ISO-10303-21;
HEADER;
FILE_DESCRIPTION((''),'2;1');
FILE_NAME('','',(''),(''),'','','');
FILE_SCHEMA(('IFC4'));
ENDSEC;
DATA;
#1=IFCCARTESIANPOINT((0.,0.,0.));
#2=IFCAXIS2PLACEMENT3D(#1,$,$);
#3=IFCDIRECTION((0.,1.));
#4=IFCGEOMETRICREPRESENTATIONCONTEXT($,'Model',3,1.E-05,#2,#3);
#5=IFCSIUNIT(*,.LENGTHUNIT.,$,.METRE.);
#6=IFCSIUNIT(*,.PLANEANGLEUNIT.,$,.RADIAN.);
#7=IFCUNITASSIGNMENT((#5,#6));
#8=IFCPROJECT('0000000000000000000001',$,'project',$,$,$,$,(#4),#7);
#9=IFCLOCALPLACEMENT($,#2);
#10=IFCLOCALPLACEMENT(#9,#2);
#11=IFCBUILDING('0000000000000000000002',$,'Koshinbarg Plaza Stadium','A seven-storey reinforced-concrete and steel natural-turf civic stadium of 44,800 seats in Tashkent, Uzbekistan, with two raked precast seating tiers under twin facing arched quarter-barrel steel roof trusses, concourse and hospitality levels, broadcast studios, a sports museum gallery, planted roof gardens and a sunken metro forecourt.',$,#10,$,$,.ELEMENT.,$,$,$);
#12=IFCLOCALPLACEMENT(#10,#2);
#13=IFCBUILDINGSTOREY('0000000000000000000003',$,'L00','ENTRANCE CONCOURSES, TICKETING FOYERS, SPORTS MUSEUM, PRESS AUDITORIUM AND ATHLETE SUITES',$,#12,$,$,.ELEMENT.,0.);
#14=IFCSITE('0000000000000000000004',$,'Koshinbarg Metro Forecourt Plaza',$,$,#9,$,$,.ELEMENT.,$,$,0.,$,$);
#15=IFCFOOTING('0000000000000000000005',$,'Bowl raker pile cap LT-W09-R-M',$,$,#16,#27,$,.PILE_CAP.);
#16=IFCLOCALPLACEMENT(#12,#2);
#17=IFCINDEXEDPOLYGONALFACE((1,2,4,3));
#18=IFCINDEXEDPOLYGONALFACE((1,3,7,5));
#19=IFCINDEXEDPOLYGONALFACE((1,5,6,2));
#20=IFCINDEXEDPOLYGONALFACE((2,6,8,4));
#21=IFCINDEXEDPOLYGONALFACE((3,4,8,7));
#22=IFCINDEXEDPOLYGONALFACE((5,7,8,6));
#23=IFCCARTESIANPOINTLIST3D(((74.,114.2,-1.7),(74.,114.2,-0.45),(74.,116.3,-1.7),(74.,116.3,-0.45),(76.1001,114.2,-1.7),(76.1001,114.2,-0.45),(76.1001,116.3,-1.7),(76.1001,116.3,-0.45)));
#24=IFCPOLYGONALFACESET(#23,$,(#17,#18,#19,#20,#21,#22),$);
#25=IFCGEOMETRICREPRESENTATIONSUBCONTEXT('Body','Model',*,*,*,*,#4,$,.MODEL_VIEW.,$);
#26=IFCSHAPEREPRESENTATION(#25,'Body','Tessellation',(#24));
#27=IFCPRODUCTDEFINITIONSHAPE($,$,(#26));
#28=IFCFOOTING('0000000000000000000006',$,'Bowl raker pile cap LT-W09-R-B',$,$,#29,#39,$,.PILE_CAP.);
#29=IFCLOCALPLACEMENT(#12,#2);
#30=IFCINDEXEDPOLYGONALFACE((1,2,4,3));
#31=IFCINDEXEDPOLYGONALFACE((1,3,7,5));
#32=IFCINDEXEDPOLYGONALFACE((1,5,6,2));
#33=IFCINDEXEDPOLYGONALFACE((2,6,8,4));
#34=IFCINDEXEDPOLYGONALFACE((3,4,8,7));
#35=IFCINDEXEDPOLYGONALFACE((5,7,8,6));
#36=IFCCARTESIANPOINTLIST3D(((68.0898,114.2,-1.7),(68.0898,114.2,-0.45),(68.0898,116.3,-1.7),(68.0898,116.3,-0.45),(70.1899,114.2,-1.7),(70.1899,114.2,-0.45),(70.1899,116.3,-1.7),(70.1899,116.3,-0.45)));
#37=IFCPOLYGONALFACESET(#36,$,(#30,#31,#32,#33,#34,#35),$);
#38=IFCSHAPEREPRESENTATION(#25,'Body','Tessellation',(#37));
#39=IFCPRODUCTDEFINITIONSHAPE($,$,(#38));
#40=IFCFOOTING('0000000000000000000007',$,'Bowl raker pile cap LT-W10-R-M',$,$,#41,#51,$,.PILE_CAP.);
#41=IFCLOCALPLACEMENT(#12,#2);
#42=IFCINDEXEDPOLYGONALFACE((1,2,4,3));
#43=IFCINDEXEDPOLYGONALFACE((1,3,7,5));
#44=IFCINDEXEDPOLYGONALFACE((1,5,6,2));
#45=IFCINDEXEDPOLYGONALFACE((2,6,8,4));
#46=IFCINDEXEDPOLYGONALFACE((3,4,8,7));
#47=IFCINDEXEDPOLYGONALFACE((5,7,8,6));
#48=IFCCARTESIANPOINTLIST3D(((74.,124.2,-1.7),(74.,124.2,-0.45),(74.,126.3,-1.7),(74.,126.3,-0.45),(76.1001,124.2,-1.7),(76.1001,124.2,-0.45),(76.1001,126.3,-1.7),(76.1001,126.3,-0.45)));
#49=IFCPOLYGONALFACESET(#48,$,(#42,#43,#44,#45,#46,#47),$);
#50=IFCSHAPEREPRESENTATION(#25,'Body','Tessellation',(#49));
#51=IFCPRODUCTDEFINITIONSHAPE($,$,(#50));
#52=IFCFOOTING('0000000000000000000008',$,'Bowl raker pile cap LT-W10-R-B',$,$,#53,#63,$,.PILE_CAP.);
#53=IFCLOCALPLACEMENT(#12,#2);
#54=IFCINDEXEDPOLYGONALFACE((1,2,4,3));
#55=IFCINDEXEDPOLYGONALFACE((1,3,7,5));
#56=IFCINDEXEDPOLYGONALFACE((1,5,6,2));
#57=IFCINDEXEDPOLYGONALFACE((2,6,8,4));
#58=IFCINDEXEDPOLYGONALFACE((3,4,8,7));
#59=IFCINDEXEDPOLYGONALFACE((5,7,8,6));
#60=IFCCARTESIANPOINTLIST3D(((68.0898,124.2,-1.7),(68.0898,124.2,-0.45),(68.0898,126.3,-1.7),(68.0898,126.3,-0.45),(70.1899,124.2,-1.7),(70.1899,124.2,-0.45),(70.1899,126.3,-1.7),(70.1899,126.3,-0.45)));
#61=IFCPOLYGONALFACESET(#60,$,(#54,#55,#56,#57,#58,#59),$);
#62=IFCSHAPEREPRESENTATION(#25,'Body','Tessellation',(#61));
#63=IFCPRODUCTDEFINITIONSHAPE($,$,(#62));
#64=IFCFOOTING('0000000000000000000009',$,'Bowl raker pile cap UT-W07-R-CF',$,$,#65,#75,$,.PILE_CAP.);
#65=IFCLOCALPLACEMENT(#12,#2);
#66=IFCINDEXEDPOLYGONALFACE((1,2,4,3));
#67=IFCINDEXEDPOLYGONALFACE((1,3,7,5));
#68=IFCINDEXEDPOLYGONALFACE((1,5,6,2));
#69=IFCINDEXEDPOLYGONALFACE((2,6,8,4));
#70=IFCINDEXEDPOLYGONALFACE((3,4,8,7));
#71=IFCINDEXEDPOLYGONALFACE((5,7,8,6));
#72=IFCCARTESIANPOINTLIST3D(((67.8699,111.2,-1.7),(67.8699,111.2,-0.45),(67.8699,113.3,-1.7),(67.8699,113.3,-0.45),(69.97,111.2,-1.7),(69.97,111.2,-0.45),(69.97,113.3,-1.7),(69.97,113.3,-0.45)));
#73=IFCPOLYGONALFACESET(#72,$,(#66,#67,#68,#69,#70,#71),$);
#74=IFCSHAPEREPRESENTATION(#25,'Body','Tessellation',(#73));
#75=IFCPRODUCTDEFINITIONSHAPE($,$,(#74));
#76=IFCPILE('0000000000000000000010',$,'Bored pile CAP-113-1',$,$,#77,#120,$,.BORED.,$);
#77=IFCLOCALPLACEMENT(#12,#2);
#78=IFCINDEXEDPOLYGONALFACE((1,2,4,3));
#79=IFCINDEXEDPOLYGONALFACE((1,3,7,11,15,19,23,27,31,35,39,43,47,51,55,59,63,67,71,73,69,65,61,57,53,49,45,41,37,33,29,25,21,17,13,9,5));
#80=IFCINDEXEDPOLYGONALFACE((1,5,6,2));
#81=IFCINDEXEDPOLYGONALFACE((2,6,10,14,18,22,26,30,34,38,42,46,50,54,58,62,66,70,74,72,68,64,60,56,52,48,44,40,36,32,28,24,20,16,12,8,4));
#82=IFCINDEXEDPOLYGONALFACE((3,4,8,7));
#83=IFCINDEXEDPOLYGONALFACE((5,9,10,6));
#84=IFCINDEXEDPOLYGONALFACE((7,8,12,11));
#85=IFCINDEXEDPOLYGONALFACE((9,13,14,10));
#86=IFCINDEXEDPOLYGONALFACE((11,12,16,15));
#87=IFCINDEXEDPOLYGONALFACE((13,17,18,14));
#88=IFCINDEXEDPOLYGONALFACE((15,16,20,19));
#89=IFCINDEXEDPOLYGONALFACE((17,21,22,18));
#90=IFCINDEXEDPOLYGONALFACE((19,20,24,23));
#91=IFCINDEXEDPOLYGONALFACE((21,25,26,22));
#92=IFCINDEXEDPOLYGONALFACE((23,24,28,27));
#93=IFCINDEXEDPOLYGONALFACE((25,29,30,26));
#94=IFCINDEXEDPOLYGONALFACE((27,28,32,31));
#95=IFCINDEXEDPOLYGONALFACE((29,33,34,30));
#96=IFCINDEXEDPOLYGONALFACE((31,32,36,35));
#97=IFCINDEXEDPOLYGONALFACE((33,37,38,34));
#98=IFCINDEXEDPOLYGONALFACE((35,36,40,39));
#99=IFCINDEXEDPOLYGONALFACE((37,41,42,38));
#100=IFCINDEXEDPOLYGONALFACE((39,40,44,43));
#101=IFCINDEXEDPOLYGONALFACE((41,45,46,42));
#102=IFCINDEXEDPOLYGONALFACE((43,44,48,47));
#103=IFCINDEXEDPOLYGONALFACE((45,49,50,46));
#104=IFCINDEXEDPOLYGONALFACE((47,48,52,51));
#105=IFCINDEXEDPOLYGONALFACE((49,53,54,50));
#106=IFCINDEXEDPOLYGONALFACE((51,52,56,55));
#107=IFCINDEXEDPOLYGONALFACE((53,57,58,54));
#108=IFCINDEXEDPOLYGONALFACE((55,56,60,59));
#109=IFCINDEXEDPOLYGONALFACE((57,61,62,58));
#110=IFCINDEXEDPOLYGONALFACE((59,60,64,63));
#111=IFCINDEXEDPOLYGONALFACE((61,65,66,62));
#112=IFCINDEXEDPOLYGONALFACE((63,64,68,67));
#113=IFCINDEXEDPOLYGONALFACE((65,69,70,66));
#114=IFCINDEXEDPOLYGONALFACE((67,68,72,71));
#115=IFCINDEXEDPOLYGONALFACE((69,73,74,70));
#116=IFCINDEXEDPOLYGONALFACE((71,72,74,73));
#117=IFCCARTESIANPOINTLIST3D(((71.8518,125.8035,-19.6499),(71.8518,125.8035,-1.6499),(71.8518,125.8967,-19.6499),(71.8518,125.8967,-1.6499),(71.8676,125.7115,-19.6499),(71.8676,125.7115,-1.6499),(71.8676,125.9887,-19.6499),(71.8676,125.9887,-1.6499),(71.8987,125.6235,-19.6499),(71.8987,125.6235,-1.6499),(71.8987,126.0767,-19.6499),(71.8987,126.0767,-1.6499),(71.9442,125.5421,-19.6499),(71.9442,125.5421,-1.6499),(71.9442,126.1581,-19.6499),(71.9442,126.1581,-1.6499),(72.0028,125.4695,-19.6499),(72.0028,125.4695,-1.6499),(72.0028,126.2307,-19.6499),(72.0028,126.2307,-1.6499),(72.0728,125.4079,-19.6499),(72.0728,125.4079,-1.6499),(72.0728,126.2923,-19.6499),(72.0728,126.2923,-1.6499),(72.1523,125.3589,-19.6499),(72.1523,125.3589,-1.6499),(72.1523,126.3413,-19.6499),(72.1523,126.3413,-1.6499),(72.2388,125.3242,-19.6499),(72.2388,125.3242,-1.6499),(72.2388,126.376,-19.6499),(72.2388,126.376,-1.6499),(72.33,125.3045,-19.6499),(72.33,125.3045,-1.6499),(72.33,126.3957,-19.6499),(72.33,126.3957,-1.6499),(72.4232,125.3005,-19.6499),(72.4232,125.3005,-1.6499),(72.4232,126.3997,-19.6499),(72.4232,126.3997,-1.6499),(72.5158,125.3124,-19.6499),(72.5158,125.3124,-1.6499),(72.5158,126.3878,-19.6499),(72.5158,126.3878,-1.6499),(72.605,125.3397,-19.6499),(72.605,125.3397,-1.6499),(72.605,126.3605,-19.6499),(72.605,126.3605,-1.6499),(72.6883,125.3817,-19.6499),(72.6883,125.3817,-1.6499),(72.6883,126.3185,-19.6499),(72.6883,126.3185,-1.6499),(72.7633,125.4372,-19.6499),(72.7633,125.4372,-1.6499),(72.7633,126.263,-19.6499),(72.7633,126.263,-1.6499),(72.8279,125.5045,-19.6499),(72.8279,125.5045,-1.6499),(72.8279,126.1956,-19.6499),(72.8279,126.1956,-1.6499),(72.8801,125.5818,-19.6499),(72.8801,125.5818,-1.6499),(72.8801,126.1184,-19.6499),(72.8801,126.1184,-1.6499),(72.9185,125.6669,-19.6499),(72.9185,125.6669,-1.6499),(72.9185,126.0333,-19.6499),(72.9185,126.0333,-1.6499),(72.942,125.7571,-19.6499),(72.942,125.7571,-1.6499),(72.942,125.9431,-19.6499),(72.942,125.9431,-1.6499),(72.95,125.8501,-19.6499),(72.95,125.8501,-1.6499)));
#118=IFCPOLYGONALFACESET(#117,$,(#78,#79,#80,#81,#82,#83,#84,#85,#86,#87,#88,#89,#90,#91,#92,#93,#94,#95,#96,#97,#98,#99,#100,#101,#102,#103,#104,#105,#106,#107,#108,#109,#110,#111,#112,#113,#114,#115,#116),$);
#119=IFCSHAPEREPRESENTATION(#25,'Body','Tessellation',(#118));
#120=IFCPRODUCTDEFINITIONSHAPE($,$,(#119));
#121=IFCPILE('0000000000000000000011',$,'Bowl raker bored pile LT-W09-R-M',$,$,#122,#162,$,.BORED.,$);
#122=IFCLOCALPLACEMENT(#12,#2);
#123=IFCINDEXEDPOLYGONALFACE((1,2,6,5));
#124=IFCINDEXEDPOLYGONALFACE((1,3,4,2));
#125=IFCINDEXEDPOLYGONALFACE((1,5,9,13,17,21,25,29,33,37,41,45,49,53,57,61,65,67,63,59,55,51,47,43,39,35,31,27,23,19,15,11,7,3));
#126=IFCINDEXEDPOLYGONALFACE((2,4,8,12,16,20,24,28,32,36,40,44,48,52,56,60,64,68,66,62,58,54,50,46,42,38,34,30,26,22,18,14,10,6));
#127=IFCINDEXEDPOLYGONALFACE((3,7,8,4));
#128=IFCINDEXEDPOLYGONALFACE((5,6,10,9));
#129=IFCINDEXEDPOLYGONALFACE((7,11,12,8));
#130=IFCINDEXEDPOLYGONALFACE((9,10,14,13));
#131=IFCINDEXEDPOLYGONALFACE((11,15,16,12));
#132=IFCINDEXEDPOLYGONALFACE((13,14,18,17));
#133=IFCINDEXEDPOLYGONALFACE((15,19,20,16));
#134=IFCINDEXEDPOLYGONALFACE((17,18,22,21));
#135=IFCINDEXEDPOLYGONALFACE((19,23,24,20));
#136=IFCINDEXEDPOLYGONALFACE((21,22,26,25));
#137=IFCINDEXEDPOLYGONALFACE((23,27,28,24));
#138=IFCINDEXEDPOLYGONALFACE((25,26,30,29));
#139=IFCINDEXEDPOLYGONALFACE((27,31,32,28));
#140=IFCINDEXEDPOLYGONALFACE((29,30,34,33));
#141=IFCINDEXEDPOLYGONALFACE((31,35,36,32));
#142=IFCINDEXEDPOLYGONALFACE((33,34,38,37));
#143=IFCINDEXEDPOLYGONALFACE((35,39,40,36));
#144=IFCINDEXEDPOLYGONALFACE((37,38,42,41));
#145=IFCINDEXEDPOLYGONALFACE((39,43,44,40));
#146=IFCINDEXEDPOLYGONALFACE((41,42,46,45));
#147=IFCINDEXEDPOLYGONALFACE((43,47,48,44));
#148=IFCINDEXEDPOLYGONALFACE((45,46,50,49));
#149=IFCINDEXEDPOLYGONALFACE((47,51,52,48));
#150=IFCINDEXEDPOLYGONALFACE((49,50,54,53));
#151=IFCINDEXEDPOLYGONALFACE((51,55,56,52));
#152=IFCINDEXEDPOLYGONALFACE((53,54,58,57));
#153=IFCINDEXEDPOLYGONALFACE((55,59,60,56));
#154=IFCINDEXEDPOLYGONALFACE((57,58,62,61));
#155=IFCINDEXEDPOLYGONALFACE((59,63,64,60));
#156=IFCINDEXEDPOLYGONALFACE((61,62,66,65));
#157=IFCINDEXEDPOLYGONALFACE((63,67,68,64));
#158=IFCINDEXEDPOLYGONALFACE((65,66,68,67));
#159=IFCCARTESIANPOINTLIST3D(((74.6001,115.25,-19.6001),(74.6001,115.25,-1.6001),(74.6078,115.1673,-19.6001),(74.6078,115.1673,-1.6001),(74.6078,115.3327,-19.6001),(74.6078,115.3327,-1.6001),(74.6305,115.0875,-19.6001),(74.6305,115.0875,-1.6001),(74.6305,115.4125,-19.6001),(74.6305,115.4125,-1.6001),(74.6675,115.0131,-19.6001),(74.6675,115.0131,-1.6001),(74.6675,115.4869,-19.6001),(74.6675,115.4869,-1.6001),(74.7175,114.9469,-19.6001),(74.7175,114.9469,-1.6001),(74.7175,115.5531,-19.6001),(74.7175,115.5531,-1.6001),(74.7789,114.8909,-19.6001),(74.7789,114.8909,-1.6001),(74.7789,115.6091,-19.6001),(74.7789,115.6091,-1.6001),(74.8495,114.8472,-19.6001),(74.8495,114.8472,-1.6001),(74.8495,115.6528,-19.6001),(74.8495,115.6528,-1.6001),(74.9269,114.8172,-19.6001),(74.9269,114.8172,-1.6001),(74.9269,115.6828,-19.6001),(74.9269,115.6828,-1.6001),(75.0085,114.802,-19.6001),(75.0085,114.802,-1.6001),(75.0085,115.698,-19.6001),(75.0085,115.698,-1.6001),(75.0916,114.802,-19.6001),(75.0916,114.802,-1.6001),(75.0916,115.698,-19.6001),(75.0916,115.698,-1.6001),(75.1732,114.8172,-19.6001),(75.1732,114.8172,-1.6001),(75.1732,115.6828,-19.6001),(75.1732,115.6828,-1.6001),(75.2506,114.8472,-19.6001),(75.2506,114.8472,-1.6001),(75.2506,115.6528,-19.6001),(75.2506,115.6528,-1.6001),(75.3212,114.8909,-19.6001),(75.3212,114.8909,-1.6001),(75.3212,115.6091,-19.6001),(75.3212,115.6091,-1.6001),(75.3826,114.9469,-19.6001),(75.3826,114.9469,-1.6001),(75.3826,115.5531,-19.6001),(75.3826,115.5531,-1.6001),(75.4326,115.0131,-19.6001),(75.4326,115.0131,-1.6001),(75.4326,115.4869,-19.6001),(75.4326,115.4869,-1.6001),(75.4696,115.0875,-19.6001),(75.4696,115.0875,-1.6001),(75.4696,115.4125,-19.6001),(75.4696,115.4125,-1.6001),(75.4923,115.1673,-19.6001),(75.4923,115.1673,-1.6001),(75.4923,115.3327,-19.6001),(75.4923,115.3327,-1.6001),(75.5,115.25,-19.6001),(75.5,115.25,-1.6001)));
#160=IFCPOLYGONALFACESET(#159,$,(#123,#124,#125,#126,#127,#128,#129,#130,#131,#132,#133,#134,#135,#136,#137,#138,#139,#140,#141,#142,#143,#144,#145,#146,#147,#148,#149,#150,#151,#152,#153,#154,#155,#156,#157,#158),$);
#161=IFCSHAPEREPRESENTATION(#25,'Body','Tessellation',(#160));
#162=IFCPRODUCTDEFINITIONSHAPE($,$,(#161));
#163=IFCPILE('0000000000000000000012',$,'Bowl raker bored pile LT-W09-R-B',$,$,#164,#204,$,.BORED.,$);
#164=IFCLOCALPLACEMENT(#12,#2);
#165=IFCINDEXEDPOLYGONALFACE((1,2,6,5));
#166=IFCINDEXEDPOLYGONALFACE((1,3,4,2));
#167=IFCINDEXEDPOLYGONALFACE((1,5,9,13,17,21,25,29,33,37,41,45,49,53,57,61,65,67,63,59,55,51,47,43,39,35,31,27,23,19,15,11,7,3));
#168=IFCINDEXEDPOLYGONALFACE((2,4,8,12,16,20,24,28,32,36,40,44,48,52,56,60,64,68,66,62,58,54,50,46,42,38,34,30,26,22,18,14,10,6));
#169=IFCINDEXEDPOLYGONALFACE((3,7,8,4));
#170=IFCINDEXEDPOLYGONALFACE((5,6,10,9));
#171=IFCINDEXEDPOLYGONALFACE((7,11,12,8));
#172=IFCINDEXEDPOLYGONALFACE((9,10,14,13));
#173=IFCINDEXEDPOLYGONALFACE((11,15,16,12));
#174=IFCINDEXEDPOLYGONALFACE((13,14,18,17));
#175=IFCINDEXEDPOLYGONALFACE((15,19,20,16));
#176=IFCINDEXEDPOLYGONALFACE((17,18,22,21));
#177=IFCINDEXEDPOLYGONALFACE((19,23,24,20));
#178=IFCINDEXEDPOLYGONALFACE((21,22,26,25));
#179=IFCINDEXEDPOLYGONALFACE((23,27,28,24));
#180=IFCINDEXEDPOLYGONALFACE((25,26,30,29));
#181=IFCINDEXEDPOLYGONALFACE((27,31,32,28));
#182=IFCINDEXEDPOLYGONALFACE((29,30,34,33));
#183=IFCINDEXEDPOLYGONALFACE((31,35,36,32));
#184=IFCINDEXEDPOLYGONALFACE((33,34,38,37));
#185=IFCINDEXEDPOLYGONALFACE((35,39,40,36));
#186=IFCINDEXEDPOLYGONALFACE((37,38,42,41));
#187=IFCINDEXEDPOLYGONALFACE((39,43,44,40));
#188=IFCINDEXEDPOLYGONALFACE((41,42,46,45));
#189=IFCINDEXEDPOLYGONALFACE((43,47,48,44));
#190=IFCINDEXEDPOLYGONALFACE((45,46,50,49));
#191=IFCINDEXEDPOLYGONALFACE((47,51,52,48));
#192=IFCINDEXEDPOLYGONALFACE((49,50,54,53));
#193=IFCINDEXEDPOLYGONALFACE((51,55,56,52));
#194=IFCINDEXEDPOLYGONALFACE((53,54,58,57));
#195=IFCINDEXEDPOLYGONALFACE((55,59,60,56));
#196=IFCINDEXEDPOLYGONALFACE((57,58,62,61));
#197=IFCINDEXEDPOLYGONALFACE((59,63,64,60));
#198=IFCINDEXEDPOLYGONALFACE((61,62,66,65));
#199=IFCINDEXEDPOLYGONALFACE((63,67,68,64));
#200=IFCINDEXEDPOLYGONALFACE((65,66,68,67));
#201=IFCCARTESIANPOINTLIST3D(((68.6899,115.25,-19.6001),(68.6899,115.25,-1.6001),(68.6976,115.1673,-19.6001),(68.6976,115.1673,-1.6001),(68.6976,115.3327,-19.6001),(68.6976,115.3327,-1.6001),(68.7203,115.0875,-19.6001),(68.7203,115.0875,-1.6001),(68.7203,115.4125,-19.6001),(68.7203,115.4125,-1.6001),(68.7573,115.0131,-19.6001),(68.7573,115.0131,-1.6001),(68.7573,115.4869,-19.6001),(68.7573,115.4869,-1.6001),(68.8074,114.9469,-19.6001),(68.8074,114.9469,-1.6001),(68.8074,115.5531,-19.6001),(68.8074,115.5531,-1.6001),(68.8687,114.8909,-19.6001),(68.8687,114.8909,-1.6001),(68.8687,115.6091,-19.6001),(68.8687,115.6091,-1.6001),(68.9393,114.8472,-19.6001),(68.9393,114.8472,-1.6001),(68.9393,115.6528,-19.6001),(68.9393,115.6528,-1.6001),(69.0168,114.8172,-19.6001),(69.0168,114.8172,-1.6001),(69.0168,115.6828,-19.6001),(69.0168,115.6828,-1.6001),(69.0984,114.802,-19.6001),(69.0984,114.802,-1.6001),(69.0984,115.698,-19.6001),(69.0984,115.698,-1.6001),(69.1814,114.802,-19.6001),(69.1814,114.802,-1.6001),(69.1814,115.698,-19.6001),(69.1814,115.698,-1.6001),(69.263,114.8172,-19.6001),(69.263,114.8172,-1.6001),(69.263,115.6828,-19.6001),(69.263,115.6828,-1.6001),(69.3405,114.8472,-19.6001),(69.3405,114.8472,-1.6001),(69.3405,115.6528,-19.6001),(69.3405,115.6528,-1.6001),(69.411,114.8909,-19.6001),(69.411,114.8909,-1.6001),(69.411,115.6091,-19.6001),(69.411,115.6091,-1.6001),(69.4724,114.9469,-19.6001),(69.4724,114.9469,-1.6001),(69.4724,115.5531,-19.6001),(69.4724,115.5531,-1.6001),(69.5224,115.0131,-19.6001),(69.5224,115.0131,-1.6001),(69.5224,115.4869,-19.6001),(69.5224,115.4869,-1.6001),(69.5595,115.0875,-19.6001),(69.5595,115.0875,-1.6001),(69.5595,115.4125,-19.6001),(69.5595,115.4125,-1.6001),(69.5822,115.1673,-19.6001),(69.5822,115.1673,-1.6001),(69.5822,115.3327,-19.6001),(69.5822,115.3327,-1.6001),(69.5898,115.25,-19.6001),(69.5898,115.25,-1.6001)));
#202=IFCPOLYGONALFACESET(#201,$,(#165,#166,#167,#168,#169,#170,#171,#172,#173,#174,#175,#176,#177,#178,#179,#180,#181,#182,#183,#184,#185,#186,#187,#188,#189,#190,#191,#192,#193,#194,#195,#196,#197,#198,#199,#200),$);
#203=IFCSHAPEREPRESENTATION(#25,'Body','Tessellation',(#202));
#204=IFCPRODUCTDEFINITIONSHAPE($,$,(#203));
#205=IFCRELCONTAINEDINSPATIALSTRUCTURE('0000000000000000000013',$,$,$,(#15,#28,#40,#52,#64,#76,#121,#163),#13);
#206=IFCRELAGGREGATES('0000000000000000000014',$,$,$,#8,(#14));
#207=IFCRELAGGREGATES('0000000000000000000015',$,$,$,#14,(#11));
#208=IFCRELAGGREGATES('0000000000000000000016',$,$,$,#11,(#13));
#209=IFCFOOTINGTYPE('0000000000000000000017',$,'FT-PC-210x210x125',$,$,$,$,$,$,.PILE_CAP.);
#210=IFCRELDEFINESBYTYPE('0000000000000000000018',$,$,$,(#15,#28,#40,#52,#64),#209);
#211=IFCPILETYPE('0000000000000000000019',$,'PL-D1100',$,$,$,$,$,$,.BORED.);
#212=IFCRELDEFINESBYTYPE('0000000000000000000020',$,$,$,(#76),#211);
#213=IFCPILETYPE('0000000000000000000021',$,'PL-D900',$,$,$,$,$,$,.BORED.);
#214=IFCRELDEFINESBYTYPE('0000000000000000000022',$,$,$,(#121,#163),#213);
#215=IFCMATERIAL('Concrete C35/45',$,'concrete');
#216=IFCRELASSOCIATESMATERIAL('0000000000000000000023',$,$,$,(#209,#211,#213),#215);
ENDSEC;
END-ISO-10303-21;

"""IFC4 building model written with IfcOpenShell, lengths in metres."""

from ifc_helpers import new_model, si_unit, direction, frame, origin, origin_2d, place, context, subcontext, project, spatial, rectangle, circle, extrude, material, material_profile, profile_set, type_object, element, save


model = new_model("IFC4")

# Units and contexts
model_context = context("Model", 3, precision=1e-05, world=origin(), true_north=direction((0.0, 1.0)))
body_context = subcontext(model_context, "Body", "Model", "MODEL_VIEW")
ifc_project = project(units=[si_unit("LENGTHUNIT", "METRE"), si_unit("PLANEANGLEUNIT", "RADIAN")], contexts=[model_context])

# Site, building, storey
site_placement = place(None, origin())
site = spatial("IfcSite", under=ifc_project, at=site_placement, Name="Koshinbarg Metro Forecourt Plaza", CompositionType="ELEMENT", RefElevation=0.0)
building_placement = place(site_placement, origin())
building = spatial("IfcBuilding", under=site, at=building_placement, Name="Koshinbarg Plaza Stadium", Description="A seven-storey reinforced-concrete and steel natural-turf civic stadium of 44,800 seats in Tashkent, Uzbekistan, with two raked precast seating tiers under twin facing arched quarter-barrel steel roof trusses, concourse and hospitality levels, broadcast studios, a sports museum gallery, planted roof gardens and a sunken metro forecourt.", CompositionType="ELEMENT")
storey_placement = place(building_placement, origin())
storey = spatial("IfcBuildingStorey", under=building, at=storey_placement, Name="L00", Description="ENTRANCE CONCOURSES, TICKETING FOYERS, SPORTS MUSEUM, PRESS AUDITORIUM AND ATHLETE SUITES", CompositionType="ELEMENT", Elevation=0.0)

# Footings
ifc_material_1 = material(Name="Concrete C35/45", Category="concrete")
footing_type = type_object("IfcFootingType", Name="FT-PC-210x210x125", PredefinedType="PILE_CAP", material=ifc_material_1)
for number, where, z_axis, x_axis, name in (
    (1, (75.05, 115.25, -1.7), (0.0, 0.0, 1.0), (1.0, 0.0, 0.0), "Bowl raker pile cap LT-W09-R-M"),
    (2, (69.1399, 115.25, -1.7), (0.0, 0.0, 1.0), (1.0, 0.0, 0.0), "Bowl raker pile cap LT-W09-R-B"),
    (3, (75.05, 125.25, -1.7), (0.0, 0.0, 1.0), (1.0, 0.0, 0.0), "Bowl raker pile cap LT-W10-R-M"),
    (4, (69.1399, 125.25, -1.7), (0.0, 0.0, 1.0), (1.0, 0.0, 0.0), "Bowl raker pile cap LT-W10-R-B"),
    (5, (68.9199, 112.25, -1.7), (0.0, 0.0, 1.0), (1.0, 0.0, 0.0), "Bowl raker pile cap UT-W07-R-CF"),
):
    element("IfcFooting", number, at=place(storey_placement, frame(where, z_axis=z_axis, x_axis=x_axis)), inside=storey, type_object=footing_type, Name=name, PredefinedType="PILE_CAP", context=body_context, shape_type="SweptSolid", body=[
        extrude(rectangle(XDim=2.1001, YDim=2.1001, at=origin_2d()), origin(), (0.0, 0.0, 1.0), 1.25),
    ])

# Piles
ifc_material_profile_1 = material_profile(ifc_material_1, circle(Radius=0.55, at=origin_2d()), Name="PILE D1100")
ifc_profile_set_1 = profile_set([ifc_material_profile_1], Name="Concrete C35/45")
pile_type_1 = type_object("IfcPileType", Name="PL-D1100", PredefinedType="BORED", material=ifc_profile_set_1)
pile_placement = place(storey_placement, frame((72.3999, 125.8501, -1.6499), z_axis=(0.0, 0.0, -1.0), x_axis=(1.0, 0.0, 0.0)))
element("IfcPile", 6, at=pile_placement, inside=storey, type_object=pile_type_1, Name="Bored pile CAP-113-1", PredefinedType="BORED", context=body_context, shape_type="SweptSolid", body=[
    extrude(circle(Radius=0.55, at=origin_2d()), origin(), (0.0, 0.0, 1.0), 18.0),
])
ifc_material_profile_2 = material_profile(ifc_material_1, circle(Radius=0.45, at=origin_2d()), Name="PILE D900")
ifc_profile_set_2 = profile_set([ifc_material_profile_2], Name="Concrete C35/45")
pile_type_2 = type_object("IfcPileType", Name="PL-D900", PredefinedType="BORED", material=ifc_profile_set_2)
for number, where, z_axis, x_axis, name in (
    (7, (75.05, 115.25, -1.6001), (0.0, 0.0, -1.0), (1.0, 0.0, 0.0), "Bowl raker bored pile LT-W09-R-M"),
    (8, (69.1399, 115.25, -1.6001), (0.0, 0.0, -1.0), (1.0, 0.0, 0.0), "Bowl raker bored pile LT-W09-R-B"),
):
    element("IfcPile", number, at=place(storey_placement, frame(where, z_axis=z_axis, x_axis=x_axis)), inside=storey, type_object=pile_type_2, Name=name, PredefinedType="BORED", context=body_context, shape_type="SweptSolid", body=[
        extrude(circle(Radius=0.45, at=origin_2d()), origin(), (0.0, 0.0, 1.0), 18.0),
    ])

save(model, "model.ifc")
